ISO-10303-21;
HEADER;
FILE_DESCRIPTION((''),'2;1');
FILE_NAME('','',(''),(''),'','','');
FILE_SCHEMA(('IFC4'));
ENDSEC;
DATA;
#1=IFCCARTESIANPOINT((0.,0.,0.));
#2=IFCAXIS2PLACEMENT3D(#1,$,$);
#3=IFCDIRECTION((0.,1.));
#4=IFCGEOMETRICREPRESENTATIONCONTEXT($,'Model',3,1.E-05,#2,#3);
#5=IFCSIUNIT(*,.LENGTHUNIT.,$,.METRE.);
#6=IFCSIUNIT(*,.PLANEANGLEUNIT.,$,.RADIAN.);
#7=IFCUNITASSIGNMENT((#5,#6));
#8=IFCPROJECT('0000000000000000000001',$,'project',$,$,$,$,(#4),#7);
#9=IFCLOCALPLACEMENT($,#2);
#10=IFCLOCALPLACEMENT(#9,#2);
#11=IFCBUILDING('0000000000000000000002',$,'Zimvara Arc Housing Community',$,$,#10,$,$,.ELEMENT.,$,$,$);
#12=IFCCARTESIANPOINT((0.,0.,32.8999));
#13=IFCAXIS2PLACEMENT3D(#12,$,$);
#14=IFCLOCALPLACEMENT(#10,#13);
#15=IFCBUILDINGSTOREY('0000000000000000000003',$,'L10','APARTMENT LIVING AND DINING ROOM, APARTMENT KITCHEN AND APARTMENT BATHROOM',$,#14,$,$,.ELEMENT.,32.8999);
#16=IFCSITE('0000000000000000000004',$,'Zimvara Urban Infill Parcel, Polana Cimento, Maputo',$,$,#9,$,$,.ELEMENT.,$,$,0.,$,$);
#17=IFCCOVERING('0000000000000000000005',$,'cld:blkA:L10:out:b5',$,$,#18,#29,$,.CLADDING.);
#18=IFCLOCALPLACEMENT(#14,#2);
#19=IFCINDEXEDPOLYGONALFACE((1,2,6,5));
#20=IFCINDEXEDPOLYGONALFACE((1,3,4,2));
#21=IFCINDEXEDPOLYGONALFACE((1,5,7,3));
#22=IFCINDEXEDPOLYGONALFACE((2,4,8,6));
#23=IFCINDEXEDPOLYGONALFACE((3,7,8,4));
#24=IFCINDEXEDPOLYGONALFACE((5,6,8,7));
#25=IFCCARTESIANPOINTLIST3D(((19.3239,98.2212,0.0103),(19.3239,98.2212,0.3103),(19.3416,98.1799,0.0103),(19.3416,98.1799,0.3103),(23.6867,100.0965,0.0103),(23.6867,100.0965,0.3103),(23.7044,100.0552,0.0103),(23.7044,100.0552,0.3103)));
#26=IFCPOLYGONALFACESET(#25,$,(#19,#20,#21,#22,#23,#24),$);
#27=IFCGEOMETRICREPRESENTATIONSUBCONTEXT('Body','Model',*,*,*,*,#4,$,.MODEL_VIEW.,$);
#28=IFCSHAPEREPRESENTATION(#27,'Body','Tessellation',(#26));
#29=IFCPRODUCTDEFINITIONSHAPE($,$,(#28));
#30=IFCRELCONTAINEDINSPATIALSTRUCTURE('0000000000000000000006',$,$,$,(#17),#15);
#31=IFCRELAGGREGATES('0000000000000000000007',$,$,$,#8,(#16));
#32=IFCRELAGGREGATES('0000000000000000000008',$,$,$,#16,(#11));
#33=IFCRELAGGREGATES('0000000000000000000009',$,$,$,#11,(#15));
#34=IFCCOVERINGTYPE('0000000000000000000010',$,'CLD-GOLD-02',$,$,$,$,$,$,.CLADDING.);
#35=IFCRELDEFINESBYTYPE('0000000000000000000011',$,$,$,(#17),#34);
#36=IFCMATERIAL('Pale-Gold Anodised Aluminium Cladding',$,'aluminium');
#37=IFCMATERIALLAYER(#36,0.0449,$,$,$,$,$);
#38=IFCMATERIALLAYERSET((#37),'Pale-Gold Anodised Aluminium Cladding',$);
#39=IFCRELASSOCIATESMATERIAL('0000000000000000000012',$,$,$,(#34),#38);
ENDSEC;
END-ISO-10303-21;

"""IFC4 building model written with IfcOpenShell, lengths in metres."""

from ifc_helpers import new_model, si_unit, direction, frame, origin, origin_2d, place, context, subcontext, project, spatial, rectangle, extrude, material, layer, layer_set, type_object, element, save


model = new_model("IFC4")

# Units and contexts
model_context = context("Model", 3, precision=1e-05, world=origin(), true_north=direction((0.0, 1.0)))
body_context = subcontext(model_context, "Body", "Model", "MODEL_VIEW")
ifc_project = project(units=[si_unit("LENGTHUNIT", "METRE"), si_unit("PLANEANGLEUNIT", "RADIAN")], contexts=[model_context])

# Site, building, storey
site_placement = place(None, origin())
site = spatial("IfcSite", under=ifc_project, at=site_placement, Name="Zimvara Urban Infill Parcel, Polana Cimento, Maputo", CompositionType="ELEMENT", RefElevation=0.0)
building_placement = place(site_placement, origin())
building = spatial("IfcBuilding", under=site, at=building_placement, Name="Zimvara Arc Housing Community", CompositionType="ELEMENT")
storey_placement = place(building_placement, frame((0.0, 0.0, 32.8999)))
storey = spatial("IfcBuildingStorey", under=building, at=storey_placement, Name="L10", Description="APARTMENT LIVING AND DINING ROOM, APARTMENT KITCHEN AND APARTMENT BATHROOM", CompositionType="ELEMENT", Elevation=32.8999)

# Covering
ifc_material_1 = material(Name="Pale-Gold Anodised Aluminium Cladding", Category="aluminium")
ifc_layer_1 = layer(ifc_material_1, 0.0449)
ifc_layer_set_1 = layer_set([ifc_layer_1], Name="Pale-Gold Anodised Aluminium Cladding")
covering_type = type_object("IfcCoveringType", Name="CLD-GOLD-02", PredefinedType="CLADDING", material=ifc_layer_set_1)
covering_placement = place(storey_placement, frame((21.5142, 99.1382, 0.0103), z_axis=(0.0, 0.0, 1.0), x_axis=(0.918722, 0.394906, 0.0)))
element("IfcCovering", 1, at=covering_placement, inside=storey, type_object=covering_type, Name="cld:blkA:L10:out:b5", PredefinedType="CLADDING", context=body_context, shape_type="SweptSolid", body=[
    extrude(rectangle(XDim=4.7488, YDim=0.0449, at=origin_2d()), origin(), (0.0, 0.0, 1.0), 0.3),
])

save(model, "model.ifc")
